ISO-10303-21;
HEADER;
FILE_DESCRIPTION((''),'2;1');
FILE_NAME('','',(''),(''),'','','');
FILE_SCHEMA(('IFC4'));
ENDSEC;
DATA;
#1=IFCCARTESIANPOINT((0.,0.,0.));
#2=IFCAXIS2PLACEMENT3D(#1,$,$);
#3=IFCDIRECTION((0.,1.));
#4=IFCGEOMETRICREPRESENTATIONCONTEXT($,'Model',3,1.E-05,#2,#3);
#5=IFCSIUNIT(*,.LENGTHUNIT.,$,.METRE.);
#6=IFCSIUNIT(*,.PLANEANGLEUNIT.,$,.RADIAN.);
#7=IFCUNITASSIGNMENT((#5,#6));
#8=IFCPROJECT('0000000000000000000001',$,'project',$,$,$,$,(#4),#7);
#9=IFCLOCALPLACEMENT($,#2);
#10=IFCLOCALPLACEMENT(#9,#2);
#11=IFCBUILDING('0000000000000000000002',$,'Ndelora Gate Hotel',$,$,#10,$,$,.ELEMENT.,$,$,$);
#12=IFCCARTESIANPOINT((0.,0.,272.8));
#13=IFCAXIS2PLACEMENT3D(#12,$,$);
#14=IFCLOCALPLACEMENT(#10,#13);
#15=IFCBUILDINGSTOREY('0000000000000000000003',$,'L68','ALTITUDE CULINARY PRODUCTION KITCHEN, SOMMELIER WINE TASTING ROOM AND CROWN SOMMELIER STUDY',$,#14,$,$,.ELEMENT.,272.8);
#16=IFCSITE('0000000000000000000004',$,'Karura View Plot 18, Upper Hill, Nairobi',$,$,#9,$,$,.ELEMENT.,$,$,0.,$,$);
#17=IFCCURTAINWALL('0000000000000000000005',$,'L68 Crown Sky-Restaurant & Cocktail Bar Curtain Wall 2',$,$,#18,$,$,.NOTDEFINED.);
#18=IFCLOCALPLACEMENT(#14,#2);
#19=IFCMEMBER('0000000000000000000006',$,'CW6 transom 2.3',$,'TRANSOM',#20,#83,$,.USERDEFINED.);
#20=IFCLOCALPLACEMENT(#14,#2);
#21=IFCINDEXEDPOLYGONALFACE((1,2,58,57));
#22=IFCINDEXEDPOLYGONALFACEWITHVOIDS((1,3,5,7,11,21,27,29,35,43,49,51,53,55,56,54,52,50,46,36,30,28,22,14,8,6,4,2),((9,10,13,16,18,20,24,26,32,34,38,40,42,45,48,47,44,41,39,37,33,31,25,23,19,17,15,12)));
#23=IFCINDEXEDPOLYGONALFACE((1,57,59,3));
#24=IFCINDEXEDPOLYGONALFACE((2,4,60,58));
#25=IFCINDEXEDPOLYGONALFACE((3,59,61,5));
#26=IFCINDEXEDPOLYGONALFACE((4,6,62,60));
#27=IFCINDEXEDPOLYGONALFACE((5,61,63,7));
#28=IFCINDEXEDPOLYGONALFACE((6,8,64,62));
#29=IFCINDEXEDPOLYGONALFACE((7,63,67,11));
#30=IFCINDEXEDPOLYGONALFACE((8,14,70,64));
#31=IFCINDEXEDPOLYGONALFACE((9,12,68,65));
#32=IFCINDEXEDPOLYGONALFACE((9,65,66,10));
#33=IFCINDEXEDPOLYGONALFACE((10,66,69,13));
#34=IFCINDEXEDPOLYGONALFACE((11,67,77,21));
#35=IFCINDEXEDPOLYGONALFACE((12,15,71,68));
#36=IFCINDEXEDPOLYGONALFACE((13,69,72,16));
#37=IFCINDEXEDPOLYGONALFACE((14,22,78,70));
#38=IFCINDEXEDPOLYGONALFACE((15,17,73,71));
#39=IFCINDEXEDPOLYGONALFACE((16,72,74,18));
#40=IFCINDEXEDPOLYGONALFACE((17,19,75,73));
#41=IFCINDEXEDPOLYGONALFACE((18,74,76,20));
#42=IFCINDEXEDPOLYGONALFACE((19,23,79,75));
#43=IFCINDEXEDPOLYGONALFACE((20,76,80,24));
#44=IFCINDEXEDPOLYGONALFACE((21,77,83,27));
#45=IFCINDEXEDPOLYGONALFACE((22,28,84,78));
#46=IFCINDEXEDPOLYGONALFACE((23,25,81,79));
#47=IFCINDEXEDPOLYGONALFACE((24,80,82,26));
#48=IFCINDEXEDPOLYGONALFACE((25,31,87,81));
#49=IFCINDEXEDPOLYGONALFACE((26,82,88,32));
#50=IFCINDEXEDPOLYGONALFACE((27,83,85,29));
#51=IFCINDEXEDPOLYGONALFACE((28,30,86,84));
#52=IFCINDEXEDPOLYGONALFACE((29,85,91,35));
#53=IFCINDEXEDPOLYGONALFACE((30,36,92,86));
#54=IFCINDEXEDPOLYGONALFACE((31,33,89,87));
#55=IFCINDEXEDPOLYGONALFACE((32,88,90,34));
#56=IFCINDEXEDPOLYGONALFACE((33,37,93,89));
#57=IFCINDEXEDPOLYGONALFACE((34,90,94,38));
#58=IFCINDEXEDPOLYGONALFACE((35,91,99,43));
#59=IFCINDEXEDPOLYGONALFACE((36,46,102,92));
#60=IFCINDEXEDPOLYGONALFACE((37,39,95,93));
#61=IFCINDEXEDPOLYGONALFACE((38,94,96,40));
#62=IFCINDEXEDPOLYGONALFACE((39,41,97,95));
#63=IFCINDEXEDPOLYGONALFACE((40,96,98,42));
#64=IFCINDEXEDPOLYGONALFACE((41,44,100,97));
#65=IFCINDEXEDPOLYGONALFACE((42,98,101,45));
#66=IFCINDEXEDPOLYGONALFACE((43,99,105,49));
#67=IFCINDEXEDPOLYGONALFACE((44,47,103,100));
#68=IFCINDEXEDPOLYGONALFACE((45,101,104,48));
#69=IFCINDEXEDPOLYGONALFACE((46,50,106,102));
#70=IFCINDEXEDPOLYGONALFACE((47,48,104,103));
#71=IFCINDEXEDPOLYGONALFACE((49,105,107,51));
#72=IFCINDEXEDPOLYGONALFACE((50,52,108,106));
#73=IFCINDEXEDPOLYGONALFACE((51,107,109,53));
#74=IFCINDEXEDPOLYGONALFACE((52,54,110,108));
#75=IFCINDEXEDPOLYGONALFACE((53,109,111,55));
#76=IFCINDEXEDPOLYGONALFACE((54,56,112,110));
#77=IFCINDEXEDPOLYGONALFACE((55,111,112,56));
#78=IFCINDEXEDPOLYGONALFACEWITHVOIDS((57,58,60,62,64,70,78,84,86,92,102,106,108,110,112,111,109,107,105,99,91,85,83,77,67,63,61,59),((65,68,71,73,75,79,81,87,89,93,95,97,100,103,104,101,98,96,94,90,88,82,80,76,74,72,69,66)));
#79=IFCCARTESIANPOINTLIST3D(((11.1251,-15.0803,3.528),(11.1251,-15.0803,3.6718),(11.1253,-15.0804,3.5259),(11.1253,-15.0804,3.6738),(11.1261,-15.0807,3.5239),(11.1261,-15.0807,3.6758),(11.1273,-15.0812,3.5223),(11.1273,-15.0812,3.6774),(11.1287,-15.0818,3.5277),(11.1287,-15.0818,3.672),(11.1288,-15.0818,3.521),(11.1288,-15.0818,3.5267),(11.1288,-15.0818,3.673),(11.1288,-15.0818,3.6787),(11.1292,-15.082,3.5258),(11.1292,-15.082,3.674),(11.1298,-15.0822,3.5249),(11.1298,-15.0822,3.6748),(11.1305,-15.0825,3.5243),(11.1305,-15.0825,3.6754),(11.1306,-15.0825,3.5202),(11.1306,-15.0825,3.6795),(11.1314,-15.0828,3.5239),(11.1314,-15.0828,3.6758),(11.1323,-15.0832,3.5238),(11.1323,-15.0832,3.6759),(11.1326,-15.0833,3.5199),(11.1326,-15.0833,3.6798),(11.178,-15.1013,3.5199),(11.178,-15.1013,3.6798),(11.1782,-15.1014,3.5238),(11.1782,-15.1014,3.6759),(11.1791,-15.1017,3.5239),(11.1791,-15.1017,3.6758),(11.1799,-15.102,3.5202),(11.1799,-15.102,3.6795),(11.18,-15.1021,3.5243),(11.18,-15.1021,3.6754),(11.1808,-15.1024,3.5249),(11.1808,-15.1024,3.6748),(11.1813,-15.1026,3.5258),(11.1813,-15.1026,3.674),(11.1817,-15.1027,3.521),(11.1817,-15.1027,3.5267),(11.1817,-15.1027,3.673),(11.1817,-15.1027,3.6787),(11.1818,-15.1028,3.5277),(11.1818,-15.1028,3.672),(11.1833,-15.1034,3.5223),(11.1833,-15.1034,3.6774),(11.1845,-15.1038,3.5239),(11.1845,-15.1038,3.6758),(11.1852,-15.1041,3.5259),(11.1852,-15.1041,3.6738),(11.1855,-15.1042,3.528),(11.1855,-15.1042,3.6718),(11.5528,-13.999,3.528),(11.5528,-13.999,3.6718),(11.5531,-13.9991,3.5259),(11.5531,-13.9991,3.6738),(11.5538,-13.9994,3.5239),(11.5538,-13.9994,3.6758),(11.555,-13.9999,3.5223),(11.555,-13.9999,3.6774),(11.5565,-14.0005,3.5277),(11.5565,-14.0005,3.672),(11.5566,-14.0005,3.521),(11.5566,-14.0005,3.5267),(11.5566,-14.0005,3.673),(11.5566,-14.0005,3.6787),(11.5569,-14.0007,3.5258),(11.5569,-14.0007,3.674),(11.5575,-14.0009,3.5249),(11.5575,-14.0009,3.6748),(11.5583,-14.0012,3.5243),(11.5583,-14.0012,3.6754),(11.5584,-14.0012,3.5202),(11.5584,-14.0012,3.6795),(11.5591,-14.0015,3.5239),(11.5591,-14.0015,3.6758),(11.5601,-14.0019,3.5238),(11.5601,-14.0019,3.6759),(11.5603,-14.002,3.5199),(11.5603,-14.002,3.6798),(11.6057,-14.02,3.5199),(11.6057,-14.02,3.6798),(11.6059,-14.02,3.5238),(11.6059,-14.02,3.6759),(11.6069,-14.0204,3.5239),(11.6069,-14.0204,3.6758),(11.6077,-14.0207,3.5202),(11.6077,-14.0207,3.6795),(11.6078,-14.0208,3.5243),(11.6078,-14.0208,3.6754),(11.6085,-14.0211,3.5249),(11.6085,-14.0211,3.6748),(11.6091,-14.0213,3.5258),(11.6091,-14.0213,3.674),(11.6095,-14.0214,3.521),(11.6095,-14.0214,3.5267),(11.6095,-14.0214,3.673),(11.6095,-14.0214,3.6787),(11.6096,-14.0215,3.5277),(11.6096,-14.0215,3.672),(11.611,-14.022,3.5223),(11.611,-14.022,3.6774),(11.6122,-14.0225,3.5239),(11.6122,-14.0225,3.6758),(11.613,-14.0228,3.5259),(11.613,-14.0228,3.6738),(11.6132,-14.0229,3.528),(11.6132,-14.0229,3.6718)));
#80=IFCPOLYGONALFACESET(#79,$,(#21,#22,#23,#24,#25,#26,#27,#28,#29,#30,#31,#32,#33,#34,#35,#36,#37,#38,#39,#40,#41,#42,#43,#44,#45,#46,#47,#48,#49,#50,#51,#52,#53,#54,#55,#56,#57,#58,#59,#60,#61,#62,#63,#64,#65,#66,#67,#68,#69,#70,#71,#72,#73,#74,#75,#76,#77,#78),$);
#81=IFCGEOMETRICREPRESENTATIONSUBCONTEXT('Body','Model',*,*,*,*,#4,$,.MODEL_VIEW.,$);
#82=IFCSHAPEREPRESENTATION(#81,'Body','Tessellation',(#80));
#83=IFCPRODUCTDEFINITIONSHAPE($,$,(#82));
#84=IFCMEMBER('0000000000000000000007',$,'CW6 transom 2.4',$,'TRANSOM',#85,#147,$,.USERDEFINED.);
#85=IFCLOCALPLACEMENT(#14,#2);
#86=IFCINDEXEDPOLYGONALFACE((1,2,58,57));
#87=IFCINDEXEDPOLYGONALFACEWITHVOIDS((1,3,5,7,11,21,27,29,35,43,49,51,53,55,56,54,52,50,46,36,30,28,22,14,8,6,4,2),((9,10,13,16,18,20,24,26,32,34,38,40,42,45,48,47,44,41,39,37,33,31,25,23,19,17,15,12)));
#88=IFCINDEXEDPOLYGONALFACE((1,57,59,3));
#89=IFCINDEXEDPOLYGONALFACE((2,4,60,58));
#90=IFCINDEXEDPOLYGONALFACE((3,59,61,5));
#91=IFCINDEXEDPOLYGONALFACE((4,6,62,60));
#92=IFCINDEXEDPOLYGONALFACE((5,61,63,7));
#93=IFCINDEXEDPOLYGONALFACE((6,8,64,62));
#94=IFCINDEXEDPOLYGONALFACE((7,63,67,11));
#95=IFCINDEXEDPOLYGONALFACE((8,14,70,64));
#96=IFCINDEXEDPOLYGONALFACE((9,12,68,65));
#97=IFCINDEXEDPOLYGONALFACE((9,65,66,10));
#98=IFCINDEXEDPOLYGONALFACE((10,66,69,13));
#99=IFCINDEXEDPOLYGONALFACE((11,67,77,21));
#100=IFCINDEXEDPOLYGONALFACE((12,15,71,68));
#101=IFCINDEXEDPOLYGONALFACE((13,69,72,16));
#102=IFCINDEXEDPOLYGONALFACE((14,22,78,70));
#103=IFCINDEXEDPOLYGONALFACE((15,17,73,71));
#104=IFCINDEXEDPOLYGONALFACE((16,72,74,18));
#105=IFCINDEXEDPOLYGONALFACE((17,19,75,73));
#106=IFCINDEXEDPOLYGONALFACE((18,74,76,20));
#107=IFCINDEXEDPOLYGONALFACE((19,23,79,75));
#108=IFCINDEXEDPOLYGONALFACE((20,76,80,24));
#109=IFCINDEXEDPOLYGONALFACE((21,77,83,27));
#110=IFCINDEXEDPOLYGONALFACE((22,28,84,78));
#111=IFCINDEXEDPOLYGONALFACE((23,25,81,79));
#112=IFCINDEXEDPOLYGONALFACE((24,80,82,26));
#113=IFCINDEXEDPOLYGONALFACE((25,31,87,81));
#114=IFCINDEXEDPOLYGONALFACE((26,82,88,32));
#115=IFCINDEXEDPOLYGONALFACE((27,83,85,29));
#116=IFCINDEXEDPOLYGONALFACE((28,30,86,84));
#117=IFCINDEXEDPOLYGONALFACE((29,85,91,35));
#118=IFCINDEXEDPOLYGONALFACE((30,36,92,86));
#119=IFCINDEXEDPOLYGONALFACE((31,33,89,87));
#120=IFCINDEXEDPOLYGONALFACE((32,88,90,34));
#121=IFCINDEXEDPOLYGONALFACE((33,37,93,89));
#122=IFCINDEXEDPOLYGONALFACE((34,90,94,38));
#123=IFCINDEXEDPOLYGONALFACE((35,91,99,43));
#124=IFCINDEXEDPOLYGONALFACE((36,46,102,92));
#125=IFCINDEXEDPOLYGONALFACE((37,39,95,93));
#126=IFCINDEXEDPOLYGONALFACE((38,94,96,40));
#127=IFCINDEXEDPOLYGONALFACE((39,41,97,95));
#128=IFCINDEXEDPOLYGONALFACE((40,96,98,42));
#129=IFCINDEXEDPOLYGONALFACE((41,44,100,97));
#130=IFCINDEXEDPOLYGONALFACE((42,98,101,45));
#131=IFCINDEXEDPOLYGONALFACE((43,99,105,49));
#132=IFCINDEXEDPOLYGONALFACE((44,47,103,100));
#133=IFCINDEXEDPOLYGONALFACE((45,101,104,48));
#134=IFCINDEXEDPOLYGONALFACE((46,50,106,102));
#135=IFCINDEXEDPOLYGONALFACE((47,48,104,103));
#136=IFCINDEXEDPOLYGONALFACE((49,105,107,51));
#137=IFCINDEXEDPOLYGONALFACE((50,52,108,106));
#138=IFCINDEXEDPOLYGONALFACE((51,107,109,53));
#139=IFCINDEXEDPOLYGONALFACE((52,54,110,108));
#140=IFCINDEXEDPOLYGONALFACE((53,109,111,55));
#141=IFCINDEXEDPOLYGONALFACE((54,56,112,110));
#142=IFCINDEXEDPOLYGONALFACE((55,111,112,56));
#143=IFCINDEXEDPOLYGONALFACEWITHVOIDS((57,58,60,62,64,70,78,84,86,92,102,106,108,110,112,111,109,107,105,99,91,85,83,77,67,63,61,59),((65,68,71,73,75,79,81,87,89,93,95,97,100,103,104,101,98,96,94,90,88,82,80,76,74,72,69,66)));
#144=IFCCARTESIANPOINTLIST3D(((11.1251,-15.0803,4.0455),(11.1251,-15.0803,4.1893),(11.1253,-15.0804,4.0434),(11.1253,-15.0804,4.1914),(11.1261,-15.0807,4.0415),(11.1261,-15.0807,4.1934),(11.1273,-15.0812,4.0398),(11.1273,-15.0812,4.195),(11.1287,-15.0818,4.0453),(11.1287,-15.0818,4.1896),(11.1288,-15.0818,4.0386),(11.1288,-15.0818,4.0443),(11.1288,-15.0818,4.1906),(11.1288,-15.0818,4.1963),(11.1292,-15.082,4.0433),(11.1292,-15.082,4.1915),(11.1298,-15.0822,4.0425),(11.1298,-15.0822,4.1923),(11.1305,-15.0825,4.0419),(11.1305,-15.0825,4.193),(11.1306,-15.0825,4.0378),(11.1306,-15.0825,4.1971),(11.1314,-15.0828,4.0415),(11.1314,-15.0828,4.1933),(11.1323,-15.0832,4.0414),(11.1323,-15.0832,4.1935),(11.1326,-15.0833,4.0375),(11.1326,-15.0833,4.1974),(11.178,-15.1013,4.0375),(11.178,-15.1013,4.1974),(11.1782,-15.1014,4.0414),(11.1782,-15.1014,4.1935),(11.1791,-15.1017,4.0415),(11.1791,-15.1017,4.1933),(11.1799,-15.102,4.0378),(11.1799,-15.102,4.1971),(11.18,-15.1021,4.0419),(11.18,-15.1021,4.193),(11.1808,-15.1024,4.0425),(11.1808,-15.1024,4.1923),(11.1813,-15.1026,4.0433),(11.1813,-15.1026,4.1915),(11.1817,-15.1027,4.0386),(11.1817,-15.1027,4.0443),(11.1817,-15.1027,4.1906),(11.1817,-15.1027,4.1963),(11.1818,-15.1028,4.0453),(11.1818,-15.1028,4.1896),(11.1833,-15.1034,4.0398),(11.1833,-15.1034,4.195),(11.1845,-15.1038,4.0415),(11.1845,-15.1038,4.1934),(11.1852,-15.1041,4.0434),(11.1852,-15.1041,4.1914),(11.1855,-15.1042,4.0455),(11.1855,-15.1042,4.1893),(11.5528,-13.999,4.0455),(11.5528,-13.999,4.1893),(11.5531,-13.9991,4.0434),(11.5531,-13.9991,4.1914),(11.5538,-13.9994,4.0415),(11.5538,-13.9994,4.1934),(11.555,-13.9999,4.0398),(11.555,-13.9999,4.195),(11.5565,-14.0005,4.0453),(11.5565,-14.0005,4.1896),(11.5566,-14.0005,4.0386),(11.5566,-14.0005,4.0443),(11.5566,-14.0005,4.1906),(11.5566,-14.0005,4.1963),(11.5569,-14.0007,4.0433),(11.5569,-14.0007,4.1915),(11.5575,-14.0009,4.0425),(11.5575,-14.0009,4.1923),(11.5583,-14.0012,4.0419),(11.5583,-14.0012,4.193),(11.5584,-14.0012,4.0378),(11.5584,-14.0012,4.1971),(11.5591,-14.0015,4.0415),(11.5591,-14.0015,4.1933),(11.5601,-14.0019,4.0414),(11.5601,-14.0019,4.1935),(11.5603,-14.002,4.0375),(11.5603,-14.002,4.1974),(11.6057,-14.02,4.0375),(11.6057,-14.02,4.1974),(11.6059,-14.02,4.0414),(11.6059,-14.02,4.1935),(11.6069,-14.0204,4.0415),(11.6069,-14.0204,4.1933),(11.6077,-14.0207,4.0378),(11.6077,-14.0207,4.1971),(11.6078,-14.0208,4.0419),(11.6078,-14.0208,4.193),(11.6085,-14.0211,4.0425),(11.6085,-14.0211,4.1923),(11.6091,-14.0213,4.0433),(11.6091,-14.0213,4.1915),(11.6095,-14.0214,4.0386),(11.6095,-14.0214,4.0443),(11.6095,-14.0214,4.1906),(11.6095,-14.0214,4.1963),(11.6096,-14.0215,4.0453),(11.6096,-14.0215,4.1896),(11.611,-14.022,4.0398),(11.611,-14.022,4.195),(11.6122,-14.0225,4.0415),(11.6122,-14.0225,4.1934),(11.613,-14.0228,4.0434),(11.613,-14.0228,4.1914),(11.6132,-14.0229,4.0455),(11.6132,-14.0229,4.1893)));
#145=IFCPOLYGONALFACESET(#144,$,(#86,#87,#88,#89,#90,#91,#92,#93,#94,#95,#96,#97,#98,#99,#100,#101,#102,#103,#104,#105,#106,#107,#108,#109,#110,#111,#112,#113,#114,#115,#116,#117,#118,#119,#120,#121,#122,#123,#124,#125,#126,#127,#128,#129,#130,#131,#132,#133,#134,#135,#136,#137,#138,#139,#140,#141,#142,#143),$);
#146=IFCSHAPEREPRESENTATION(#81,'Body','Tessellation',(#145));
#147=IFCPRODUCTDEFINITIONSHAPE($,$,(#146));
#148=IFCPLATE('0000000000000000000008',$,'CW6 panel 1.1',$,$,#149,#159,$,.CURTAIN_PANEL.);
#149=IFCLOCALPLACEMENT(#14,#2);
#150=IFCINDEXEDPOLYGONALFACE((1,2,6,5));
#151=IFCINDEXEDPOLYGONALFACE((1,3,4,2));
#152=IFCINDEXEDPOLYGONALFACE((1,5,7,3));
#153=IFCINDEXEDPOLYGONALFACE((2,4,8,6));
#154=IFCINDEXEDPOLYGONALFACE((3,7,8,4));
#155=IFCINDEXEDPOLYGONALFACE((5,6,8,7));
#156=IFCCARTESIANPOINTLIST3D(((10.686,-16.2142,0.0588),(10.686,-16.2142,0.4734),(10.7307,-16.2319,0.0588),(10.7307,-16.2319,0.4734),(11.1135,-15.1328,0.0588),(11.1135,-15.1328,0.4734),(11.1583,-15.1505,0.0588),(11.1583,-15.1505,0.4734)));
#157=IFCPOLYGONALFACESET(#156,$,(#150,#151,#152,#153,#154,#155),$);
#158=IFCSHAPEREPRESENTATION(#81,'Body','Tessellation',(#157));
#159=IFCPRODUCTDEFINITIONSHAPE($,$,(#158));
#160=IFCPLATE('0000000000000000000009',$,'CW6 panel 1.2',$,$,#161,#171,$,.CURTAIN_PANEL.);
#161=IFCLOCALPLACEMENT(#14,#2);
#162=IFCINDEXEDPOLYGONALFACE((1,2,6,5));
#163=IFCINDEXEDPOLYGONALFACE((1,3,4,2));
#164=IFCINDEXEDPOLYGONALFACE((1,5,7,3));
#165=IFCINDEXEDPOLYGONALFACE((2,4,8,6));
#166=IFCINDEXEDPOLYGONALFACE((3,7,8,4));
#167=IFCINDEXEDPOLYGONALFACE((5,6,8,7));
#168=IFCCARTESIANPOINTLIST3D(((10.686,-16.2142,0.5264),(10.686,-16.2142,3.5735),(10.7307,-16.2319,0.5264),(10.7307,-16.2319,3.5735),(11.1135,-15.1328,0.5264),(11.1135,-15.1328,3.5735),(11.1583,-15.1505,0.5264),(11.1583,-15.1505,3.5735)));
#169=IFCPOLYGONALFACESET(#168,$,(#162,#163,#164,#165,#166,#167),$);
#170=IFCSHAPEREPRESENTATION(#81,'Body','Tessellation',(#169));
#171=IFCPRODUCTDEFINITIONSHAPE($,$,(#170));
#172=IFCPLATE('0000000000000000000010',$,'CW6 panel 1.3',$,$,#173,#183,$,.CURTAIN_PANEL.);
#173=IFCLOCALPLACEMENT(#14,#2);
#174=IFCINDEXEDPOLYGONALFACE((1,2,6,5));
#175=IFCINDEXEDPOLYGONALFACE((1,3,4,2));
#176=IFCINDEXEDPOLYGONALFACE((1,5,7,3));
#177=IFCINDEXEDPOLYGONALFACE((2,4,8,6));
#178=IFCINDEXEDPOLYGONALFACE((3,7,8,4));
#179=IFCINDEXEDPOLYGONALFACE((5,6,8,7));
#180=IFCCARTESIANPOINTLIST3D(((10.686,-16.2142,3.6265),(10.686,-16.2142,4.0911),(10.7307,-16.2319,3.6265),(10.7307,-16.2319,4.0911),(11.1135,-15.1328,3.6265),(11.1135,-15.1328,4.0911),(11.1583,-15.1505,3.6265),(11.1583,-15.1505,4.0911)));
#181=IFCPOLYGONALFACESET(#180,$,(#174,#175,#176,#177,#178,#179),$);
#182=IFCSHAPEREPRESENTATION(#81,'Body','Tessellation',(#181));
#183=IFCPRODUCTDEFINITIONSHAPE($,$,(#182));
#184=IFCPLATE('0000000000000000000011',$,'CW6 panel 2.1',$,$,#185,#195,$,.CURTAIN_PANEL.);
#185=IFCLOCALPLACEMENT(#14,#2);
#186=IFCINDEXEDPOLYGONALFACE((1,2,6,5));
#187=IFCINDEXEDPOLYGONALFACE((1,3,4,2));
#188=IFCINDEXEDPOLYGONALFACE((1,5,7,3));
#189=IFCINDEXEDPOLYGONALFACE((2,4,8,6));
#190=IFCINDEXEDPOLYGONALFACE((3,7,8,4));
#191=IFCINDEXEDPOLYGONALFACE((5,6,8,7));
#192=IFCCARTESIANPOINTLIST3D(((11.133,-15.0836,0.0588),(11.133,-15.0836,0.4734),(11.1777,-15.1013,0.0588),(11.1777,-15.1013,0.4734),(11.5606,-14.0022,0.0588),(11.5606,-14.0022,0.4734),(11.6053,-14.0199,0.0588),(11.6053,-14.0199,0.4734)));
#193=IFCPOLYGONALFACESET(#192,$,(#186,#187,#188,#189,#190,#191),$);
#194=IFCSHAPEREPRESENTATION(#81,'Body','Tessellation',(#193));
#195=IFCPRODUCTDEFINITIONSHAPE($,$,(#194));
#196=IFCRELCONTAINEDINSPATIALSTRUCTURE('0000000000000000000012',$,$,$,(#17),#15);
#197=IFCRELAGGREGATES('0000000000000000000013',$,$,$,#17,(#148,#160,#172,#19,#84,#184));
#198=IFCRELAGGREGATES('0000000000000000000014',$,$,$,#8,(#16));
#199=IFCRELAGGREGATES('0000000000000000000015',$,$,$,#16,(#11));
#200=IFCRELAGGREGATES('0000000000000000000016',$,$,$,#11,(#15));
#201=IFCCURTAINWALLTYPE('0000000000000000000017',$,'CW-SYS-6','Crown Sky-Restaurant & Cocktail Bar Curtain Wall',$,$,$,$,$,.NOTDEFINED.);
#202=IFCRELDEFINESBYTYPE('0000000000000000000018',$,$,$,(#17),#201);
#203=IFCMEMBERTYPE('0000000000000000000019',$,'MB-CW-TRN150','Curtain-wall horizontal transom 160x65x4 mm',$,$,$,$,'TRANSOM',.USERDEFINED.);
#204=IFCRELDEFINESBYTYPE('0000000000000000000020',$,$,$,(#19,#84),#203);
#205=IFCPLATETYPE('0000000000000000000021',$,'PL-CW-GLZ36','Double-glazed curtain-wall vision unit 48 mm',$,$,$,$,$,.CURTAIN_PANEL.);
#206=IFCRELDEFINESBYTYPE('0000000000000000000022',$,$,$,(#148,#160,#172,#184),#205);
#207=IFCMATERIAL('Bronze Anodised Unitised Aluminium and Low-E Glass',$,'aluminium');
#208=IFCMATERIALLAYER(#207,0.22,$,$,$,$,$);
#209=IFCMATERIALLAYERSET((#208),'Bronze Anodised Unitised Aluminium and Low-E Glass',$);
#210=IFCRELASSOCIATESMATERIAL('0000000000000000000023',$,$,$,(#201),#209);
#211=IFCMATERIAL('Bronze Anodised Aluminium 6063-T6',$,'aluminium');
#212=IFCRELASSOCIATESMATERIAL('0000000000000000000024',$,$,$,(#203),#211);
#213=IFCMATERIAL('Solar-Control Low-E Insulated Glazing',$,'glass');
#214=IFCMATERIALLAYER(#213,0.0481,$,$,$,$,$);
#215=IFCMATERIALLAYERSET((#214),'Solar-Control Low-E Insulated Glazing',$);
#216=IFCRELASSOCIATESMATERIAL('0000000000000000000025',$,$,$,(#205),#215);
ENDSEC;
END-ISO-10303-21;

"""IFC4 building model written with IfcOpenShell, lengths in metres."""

from ifc_helpers import new_model, si_unit, direction, frame, origin, origin_2d, place, context, subcontext, project, spatial, rectangle, hollow_rectangle, extrude, material, layer, layer_set, material_profile, profile_set, type_object, element, aggregate, save


model = new_model("IFC4")

# Units and contexts
model_context = context("Model", 3, precision=1e-05, world=origin(), true_north=direction((0.0, 1.0)))
body_context = subcontext(model_context, "Body", "Model", "MODEL_VIEW")
ifc_project = project(units=[si_unit("LENGTHUNIT", "METRE"), si_unit("PLANEANGLEUNIT", "RADIAN")], contexts=[model_context])

# Site, building, storey
site_placement = place(None, origin())
site = spatial("IfcSite", under=ifc_project, at=site_placement, Name="Karura View Plot 18, Upper Hill, Nairobi", CompositionType="ELEMENT", RefElevation=0.0)
building_placement = place(site_placement, origin())
building = spatial("IfcBuilding", under=site, at=building_placement, Name="Ndelora Gate Hotel", CompositionType="ELEMENT")
storey_placement = place(building_placement, frame((0.0, 0.0, 272.8)))
storey = spatial("IfcBuildingStorey", under=building, at=storey_placement, Name="L68", Description="ALTITUDE CULINARY PRODUCTION KITCHEN, SOMMELIER WINE TASTING ROOM AND CROWN SOMMELIER STUDY", CompositionType="ELEMENT", Elevation=272.8)

# Curtain wall, members, plates
ifc_material_1 = material(Name="Bronze Anodised Unitised Aluminium and Low-E Glass", Category="aluminium")
ifc_layer_1 = layer(ifc_material_1, 0.22)
ifc_layer_set_1 = layer_set([ifc_layer_1], Name="Bronze Anodised Unitised Aluminium and Low-E Glass")
curtain_wall_type = type_object("IfcCurtainWallType", Name="CW-SYS-6", Description="Crown Sky-Restaurant & Cocktail Bar Curtain Wall", PredefinedType="NOTDEFINED", material=ifc_layer_set_1)
curtain_wall_placement = place(storey_placement, origin())
curtain_wall = element("IfcCurtainWall", 1, at=curtain_wall_placement, inside=storey, type_object=curtain_wall_type, Name="L68 Crown Sky-Restaurant & Cocktail Bar Curtain Wall 2", PredefinedType="NOTDEFINED")
ifc_material_2 = material(Name="Bronze Anodised Aluminium 6063-T6", Category="aluminium")
ifc_material_profile_1 = material_profile(ifc_material_2, hollow_rectangle(XDim=0.0649, YDim=0.1599, WallThickness=0.0039, InnerFilletRadius=0.0039, OuterFilletRadius=0.0081, at=origin_2d()), Name="ALU 160x65x4")
ifc_profile_set_1 = profile_set([ifc_material_profile_1], Name="Bronze Anodised Aluminium 6063-T6")
member_type_1 = type_object("IfcMemberType", Name="MB-CW-TRN150", Description="Curtain-wall horizontal transom 160x65x4 mm", ElementType="TRANSOM", PredefinedType="USERDEFINED", material=ifc_profile_set_1)
member_1_placement = place(storey_placement, frame((11.1553, -15.0923, 3.5999), z_axis=(0.36784, 0.929889, 0.0), x_axis=(-0.929889, 0.36784, 0.0)))
member_1 = element("IfcMember", 2, at=member_1_placement, type_object=member_type_1, Name="CW6 transom 2.3", ObjectType="TRANSOM", PredefinedType="USERDEFINED", context=body_context, shape_type="SweptSolid", body=[
    extrude(hollow_rectangle(XDim=0.0649, YDim=0.1599, WallThickness=0.0039, InnerFilletRadius=0.0039, OuterFilletRadius=0.0081, at=origin_2d()), origin(), (0.0, 0.0, 1.0), 1.1628),
])
member_2_placement = place(storey_placement, frame((11.1553, -15.0923, 4.1174), z_axis=(0.36784, 0.929889, 0.0), x_axis=(-0.929889, 0.36784, 0.0)))
member_2 = element("IfcMember", 3, at=member_2_placement, type_object=member_type_1, Name="CW6 transom 2.4", ObjectType="TRANSOM", PredefinedType="USERDEFINED", context=body_context, shape_type="SweptSolid", body=[
    extrude(hollow_rectangle(XDim=0.0649, YDim=0.1599, WallThickness=0.0039, InnerFilletRadius=0.0039, OuterFilletRadius=0.0081, at=origin_2d()), origin(), (0.0, 0.0, 1.0), 1.1628),
])
ifc_material_3 = material(Name="Solar-Control Low-E Insulated Glazing", Category="glass")
ifc_layer_2 = layer(ifc_material_3, 0.0481)
ifc_layer_set_2 = layer_set([ifc_layer_2], Name="Solar-Control Low-E Insulated Glazing")
plate_type = type_object("IfcPlateType", Name="PL-CW-GLZ36", Description="Double-glazed curtain-wall vision unit 48 mm", PredefinedType="CURTAIN_PANEL", material=ifc_layer_set_2)
plate_1_placement = place(storey_placement, frame((10.9221, -15.6824, 0.0588), z_axis=(0.0, 0.0, 1.0), x_axis=(0.3677, 0.929944, 0.0)))
plate_1 = element("IfcPlate", 4, at=plate_1_placement, type_object=plate_type, Name="CW6 panel 1.1", PredefinedType="CURTAIN_PANEL", context=body_context, shape_type="SweptSolid", body=[
    extrude(rectangle(XDim=1.1628, YDim=0.0481, at=origin_2d()), origin(), (0.0, 0.0, 1.0), 0.4146),
])
plate_2_placement = place(storey_placement, frame((10.9221, -15.6824, 0.5264), z_axis=(0.0, 0.0, 1.0), x_axis=(0.3677, 0.929944, 0.0)))
plate_2 = element("IfcPlate", 5, at=plate_2_placement, type_object=plate_type, Name="CW6 panel 1.2", PredefinedType="CURTAIN_PANEL", context=body_context, shape_type="SweptSolid", body=[
    extrude(rectangle(XDim=1.1628, YDim=0.0481, at=origin_2d()), origin(), (0.0, 0.0, 1.0), 3.0471),
])
plate_3_placement = place(storey_placement, frame((10.9221, -15.6824, 3.6265), z_axis=(0.0, 0.0, 1.0), x_axis=(0.3677, 0.929944, 0.0)))
plate_3 = element("IfcPlate", 6, at=plate_3_placement, type_object=plate_type, Name="CW6 panel 1.3", PredefinedType="CURTAIN_PANEL", context=body_context, shape_type="SweptSolid", body=[
    extrude(rectangle(XDim=1.1628, YDim=0.0481, at=origin_2d()), origin(), (0.0, 0.0, 1.0), 0.4646),
])
plate_4_placement = place(storey_placement, frame((11.3691, -14.5518, 0.0588), z_axis=(0.0, 0.0, 1.0), x_axis=(0.3677, 0.929944, 0.0)))
plate_4 = element("IfcPlate", 7, at=plate_4_placement, type_object=plate_type, Name="CW6 panel 2.1", PredefinedType="CURTAIN_PANEL", context=body_context, shape_type="SweptSolid", body=[
    extrude(rectangle(XDim=1.1628, YDim=0.0481, at=origin_2d()), origin(), (0.0, 0.0, 1.0), 0.4146),
])
aggregate(curtain_wall, [plate_1, plate_2, plate_3, member_1, member_2, plate_4])

save(model, "model.ifc")
